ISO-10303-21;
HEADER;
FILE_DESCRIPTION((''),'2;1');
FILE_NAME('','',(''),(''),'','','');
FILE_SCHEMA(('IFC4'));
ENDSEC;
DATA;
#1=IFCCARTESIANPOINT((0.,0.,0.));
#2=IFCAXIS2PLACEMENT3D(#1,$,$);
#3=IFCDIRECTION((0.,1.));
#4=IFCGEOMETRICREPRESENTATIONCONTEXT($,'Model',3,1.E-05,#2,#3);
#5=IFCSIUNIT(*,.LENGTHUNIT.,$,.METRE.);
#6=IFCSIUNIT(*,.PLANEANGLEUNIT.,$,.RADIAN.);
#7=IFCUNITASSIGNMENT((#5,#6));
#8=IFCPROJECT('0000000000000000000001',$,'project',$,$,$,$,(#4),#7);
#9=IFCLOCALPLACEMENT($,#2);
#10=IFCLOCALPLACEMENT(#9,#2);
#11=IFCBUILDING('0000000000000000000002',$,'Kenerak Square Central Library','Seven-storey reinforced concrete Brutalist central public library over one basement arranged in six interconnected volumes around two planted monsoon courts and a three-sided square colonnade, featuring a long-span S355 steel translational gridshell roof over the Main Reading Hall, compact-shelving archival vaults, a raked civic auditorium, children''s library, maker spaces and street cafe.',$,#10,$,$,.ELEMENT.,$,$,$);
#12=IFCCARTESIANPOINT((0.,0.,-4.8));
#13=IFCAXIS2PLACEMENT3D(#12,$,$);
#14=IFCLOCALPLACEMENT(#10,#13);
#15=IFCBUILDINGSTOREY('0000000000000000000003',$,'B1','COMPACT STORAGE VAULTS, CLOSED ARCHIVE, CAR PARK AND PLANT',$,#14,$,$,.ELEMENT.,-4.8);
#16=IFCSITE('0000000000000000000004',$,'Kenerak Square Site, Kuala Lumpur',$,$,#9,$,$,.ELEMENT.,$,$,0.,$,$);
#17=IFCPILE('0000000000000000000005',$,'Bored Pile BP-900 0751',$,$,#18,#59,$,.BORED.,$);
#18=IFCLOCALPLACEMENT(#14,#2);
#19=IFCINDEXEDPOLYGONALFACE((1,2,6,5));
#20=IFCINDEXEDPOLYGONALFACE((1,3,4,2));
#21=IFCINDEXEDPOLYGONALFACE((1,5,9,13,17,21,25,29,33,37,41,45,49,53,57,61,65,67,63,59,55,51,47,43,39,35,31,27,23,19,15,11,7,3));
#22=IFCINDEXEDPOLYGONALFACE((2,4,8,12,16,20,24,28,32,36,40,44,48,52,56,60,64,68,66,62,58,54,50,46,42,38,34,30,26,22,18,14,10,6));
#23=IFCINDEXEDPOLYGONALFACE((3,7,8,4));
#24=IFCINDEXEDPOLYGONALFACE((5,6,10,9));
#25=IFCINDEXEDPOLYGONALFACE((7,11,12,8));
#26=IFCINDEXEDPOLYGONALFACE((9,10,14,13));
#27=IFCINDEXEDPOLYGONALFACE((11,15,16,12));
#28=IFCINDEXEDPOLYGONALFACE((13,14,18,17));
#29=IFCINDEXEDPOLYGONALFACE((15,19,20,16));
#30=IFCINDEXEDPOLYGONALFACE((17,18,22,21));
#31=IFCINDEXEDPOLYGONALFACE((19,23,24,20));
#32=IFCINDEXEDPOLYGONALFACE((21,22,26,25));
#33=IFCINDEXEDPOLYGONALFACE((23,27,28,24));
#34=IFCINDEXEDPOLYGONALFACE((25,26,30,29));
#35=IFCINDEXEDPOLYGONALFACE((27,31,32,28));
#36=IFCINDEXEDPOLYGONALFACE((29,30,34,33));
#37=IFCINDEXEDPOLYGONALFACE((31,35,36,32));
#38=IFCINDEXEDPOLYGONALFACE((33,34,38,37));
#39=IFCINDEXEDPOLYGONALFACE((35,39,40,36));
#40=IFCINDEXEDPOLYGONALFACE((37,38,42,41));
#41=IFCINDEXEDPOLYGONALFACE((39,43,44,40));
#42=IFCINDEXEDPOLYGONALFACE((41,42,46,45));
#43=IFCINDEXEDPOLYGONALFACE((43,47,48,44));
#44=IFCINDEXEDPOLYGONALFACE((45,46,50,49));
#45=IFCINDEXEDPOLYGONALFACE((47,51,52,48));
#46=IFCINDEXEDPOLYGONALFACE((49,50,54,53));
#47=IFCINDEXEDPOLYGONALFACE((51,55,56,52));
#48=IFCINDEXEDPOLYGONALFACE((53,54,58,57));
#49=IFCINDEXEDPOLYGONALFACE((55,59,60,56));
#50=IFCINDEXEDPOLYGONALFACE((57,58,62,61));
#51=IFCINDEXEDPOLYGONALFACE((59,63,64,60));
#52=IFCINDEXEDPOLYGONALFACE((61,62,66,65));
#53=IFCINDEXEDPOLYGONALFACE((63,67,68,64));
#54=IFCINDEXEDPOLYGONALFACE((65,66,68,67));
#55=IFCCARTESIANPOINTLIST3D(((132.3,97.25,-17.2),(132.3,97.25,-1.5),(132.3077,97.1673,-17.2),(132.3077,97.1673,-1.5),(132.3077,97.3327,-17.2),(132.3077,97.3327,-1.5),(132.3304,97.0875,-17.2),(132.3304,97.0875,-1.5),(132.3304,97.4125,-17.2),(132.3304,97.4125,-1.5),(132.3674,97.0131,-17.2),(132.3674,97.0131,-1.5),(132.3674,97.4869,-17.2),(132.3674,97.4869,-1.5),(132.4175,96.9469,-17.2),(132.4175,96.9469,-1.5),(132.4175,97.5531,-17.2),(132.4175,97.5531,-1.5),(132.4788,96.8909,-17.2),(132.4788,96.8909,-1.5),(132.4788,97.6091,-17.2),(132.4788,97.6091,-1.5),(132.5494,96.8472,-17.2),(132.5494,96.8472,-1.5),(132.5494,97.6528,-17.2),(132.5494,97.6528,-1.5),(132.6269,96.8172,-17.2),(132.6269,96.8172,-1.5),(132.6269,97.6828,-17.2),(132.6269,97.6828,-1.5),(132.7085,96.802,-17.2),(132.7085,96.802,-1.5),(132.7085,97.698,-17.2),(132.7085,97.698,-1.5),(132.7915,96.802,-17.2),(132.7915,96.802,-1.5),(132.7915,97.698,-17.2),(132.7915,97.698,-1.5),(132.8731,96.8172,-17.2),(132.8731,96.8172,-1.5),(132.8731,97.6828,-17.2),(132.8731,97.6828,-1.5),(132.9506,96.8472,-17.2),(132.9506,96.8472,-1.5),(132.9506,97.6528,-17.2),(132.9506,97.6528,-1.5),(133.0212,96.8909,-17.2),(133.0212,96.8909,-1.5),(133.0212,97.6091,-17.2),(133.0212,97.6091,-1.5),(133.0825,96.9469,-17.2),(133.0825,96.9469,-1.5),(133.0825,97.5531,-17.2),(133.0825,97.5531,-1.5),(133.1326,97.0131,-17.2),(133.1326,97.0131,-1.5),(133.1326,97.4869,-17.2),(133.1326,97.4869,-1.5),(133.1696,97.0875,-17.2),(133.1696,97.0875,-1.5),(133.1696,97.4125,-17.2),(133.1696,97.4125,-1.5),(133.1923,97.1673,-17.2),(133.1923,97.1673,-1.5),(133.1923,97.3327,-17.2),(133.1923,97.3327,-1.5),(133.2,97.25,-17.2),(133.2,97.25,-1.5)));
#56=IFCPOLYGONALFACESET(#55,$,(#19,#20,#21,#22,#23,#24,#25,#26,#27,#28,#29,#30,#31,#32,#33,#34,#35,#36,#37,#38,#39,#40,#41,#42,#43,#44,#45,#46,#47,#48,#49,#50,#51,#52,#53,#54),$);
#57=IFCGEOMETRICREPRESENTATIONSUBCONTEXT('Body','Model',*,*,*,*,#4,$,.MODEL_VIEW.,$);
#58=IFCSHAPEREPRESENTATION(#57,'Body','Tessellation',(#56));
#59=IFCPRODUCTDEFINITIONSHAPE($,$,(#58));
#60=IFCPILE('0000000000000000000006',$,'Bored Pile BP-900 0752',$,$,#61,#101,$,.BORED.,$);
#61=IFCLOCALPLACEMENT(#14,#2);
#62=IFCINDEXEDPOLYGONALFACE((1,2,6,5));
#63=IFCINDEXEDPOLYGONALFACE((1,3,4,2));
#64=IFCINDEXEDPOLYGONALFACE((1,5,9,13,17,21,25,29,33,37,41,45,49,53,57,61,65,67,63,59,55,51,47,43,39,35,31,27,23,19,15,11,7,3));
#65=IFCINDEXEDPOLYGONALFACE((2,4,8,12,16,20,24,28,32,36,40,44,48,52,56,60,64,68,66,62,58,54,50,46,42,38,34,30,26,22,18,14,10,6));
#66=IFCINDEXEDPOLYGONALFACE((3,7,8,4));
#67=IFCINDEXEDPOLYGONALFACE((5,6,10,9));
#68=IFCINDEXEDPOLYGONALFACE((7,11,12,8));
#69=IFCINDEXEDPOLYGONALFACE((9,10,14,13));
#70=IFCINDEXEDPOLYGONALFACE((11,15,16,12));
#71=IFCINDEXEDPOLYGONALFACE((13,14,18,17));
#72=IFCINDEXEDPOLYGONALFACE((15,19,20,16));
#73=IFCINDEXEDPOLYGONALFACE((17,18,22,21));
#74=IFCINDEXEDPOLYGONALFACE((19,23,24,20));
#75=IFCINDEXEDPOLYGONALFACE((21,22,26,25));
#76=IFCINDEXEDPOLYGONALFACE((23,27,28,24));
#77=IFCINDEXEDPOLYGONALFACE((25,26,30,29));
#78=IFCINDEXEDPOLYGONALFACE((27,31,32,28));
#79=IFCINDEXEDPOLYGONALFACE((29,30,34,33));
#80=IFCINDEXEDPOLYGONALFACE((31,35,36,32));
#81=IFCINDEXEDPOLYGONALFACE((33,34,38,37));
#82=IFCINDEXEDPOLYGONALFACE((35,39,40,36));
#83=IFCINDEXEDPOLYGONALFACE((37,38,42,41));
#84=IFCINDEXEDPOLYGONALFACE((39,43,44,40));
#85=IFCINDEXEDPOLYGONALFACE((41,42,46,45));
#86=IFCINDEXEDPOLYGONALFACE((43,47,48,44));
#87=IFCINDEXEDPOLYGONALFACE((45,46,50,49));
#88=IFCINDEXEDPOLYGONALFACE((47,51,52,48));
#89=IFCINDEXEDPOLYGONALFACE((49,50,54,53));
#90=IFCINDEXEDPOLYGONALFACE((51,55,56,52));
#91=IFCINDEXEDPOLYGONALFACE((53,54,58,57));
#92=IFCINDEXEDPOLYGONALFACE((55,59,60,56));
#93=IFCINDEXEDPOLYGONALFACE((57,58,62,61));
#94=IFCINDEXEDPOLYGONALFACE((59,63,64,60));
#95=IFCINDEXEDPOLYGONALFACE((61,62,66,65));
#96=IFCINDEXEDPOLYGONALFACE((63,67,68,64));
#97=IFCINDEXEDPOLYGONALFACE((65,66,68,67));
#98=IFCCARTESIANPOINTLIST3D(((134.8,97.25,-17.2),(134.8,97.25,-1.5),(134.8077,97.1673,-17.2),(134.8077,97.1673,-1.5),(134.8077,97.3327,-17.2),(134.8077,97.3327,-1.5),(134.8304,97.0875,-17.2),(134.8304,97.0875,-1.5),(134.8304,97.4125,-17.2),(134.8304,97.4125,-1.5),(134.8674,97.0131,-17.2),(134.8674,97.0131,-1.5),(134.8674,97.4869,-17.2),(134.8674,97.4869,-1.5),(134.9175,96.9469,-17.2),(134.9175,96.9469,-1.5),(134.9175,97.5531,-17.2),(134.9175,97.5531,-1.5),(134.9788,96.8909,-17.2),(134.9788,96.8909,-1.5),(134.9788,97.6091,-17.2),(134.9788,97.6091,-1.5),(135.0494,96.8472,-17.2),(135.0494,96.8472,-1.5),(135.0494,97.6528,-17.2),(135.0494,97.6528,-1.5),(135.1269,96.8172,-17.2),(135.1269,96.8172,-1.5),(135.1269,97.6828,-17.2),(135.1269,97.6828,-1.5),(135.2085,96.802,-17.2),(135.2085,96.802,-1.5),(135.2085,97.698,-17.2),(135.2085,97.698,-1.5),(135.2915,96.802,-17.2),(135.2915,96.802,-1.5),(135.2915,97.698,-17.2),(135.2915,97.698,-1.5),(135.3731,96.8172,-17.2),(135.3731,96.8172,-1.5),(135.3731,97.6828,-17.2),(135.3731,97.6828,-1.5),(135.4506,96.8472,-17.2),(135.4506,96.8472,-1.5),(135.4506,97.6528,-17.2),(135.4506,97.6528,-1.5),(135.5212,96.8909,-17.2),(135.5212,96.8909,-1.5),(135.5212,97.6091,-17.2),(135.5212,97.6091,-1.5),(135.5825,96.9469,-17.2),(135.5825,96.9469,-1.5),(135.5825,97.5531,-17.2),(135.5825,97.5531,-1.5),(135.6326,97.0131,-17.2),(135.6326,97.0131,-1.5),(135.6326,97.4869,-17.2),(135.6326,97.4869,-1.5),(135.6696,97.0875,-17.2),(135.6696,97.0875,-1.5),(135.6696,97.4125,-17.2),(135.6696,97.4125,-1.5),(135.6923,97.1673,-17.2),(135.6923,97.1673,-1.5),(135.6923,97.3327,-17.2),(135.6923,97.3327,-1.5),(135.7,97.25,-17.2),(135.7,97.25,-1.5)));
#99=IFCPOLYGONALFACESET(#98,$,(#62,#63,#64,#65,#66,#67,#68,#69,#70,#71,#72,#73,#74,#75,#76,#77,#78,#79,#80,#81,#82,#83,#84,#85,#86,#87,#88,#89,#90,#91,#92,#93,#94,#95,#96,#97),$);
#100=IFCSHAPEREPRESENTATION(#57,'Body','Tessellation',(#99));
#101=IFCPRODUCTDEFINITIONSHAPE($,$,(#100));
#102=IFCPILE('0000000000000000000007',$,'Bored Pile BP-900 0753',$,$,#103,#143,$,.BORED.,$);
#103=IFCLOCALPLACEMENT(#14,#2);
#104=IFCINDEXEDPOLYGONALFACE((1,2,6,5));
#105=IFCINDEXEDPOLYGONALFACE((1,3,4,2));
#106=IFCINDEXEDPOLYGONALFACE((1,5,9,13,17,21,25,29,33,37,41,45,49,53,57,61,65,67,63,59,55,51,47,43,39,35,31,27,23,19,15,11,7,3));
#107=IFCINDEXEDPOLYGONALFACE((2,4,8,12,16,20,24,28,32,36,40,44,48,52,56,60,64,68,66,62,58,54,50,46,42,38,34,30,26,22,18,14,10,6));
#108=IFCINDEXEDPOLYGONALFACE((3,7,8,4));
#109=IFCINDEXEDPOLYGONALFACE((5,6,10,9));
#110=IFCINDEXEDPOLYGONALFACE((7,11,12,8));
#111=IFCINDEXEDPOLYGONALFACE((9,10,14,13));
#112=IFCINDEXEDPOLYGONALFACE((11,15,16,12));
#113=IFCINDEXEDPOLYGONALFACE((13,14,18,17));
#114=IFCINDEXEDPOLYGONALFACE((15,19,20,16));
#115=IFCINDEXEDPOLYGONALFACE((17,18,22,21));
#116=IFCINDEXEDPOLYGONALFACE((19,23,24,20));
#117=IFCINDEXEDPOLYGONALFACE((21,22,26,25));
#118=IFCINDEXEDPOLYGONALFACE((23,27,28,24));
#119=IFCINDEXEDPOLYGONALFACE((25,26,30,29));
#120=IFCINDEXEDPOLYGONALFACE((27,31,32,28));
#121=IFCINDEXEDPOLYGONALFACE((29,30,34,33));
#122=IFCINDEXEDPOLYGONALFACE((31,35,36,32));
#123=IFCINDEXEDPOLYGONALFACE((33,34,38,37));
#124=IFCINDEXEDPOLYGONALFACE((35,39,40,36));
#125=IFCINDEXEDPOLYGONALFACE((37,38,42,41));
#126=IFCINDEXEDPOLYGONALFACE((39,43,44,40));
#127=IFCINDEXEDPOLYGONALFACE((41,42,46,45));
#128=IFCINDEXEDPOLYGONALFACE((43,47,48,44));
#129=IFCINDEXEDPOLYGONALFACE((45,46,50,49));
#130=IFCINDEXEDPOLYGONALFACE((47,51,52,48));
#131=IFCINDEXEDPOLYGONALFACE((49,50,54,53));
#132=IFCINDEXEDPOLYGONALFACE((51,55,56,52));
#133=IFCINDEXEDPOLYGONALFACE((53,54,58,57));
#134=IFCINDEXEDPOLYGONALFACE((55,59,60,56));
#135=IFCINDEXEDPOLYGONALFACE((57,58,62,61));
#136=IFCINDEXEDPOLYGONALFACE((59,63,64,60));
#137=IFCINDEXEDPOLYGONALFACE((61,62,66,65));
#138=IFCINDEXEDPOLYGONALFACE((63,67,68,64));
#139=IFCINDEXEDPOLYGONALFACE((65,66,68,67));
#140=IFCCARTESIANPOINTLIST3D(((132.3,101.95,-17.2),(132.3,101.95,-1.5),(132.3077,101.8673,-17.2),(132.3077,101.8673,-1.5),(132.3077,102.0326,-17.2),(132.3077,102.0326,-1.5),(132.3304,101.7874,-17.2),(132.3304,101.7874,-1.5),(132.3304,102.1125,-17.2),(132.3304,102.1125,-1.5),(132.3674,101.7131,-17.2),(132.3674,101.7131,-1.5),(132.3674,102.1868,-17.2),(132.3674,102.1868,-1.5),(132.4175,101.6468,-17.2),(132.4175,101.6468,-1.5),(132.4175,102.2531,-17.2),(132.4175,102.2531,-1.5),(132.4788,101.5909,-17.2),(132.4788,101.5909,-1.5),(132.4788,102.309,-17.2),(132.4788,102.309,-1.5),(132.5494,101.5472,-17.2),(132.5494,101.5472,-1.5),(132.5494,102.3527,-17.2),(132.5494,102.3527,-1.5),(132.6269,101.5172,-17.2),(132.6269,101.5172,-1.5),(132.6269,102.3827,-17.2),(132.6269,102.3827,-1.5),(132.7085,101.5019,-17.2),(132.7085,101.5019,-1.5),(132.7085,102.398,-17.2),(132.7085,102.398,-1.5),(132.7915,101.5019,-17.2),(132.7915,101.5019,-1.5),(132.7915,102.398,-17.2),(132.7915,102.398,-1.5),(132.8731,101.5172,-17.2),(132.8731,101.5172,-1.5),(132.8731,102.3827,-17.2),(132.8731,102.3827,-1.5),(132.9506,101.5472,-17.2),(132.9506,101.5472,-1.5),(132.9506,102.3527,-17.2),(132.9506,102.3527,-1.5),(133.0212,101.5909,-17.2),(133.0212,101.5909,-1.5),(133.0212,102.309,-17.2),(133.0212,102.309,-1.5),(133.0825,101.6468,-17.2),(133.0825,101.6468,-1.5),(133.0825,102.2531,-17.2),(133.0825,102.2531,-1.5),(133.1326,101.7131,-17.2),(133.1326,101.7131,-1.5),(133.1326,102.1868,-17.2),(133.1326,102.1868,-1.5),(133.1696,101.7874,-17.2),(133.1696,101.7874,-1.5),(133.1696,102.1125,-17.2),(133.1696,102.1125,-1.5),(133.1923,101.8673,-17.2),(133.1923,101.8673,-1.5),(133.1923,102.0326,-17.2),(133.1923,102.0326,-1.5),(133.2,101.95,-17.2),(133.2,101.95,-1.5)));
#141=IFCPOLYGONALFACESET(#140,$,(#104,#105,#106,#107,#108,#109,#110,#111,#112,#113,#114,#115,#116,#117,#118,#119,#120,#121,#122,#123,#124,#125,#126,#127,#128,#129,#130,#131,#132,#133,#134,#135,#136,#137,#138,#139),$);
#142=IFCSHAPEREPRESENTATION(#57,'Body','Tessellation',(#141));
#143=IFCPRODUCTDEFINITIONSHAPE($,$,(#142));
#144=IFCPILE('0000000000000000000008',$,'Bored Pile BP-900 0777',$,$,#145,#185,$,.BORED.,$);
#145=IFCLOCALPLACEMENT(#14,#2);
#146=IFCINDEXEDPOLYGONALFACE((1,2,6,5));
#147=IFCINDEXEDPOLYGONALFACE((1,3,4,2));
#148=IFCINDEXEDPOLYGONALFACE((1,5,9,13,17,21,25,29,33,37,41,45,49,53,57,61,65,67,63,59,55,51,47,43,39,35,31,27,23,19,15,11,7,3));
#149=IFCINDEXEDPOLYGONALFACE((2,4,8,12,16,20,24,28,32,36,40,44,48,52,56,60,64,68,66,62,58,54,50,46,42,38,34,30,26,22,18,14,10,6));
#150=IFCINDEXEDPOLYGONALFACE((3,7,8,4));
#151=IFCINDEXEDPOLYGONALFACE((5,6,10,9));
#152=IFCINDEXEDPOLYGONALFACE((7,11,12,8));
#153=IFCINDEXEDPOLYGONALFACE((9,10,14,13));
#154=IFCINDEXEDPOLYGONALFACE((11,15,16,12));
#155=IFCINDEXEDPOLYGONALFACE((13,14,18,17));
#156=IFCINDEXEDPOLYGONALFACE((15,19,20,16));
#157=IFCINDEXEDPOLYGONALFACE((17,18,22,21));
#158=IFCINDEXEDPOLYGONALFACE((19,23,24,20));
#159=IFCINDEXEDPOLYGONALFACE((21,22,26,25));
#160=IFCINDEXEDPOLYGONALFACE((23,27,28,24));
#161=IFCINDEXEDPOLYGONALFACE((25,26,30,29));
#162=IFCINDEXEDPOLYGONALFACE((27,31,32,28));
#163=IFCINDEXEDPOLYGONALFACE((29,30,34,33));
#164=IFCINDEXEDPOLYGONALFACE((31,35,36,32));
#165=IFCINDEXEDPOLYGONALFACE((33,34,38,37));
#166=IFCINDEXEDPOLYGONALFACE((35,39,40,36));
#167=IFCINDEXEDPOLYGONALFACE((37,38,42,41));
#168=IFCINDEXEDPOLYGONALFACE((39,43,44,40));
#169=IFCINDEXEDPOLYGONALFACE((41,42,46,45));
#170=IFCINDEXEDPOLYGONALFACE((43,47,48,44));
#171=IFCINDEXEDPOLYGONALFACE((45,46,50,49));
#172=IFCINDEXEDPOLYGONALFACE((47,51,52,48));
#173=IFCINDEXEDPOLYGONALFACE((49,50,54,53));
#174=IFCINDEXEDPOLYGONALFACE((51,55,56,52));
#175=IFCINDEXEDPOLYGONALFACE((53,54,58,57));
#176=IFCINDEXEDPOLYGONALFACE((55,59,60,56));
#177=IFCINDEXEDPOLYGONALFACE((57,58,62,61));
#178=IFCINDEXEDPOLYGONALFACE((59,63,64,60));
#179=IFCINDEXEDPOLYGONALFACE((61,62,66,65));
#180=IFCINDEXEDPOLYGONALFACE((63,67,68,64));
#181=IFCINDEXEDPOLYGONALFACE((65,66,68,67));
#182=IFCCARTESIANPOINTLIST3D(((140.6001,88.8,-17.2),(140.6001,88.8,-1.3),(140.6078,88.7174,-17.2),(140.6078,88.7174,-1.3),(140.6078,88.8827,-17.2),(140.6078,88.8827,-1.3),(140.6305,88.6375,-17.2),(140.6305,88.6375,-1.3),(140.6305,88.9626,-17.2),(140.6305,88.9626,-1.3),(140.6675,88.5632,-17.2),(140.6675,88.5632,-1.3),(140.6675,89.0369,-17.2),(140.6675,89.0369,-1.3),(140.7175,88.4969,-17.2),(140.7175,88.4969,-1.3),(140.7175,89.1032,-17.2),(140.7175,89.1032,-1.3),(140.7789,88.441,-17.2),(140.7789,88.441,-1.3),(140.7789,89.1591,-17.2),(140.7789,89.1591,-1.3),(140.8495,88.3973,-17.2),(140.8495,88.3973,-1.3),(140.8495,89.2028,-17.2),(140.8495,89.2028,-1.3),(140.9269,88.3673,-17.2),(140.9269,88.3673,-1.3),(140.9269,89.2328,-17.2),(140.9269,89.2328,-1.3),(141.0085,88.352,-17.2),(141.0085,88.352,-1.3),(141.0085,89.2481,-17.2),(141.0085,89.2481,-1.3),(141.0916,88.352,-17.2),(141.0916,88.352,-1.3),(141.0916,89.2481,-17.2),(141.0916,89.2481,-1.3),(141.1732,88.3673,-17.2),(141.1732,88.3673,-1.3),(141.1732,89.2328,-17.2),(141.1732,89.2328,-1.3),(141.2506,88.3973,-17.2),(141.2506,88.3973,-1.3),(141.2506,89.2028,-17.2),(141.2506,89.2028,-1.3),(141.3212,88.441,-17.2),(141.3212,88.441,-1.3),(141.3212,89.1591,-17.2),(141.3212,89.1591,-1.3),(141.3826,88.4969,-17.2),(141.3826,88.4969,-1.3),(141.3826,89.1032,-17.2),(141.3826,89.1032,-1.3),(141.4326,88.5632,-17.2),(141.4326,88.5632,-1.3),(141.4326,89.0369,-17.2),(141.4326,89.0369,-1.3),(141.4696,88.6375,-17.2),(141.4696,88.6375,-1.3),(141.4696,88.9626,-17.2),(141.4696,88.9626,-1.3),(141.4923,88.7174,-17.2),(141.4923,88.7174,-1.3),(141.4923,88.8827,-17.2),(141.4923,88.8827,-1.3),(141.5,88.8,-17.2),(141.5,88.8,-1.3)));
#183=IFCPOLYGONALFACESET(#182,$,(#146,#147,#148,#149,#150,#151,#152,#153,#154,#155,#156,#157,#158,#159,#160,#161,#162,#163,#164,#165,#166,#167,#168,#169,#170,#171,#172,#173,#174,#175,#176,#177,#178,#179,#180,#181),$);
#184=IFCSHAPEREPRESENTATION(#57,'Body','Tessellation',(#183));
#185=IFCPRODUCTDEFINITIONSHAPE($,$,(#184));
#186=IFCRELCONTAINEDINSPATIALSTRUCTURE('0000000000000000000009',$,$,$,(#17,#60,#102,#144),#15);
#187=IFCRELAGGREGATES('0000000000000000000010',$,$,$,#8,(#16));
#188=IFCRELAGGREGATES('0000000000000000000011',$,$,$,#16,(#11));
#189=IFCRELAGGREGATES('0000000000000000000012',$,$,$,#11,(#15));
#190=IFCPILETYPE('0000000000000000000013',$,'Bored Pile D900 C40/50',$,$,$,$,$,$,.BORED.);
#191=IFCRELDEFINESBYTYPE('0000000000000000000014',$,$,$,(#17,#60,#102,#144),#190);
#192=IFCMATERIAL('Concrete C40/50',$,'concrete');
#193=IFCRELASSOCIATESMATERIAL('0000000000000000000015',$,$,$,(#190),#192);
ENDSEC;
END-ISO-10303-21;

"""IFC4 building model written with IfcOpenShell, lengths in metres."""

from ifc_helpers import new_model, si_unit, direction, frame, origin, origin_2d, place, context, subcontext, project, spatial, circle, extrude, material, material_profile, profile_set, type_object, element, save


model = new_model("IFC4")

# Units and contexts
model_context = context("Model", 3, precision=1e-05, world=origin(), true_north=direction((0.0, 1.0)))
body_context = subcontext(model_context, "Body", "Model", "MODEL_VIEW")
ifc_project = project(units=[si_unit("LENGTHUNIT", "METRE"), si_unit("PLANEANGLEUNIT", "RADIAN")], contexts=[model_context])

# Site, building, storey
site_placement = place(None, origin())
site = spatial("IfcSite", under=ifc_project, at=site_placement, Name="Kenerak Square Site, Kuala Lumpur", CompositionType="ELEMENT", RefElevation=0.0)
building_placement = place(site_placement, origin())
building = spatial("IfcBuilding", under=site, at=building_placement, Name="Kenerak Square Central Library", Description="Seven-storey reinforced concrete Brutalist central public library over one basement arranged in six interconnected volumes around two planted monsoon courts and a three-sided square colonnade, featuring a long-span S355 steel translational gridshell roof over the Main Reading Hall, compact-shelving archival vaults, a raked civic auditorium, children's library, maker spaces and street cafe.", CompositionType="ELEMENT")
storey_placement = place(building_placement, frame((0.0, 0.0, -4.8)))
storey = spatial("IfcBuildingStorey", under=building, at=storey_placement, Name="B1", Description="COMPACT STORAGE VAULTS, CLOSED ARCHIVE, CAR PARK AND PLANT", CompositionType="ELEMENT", Elevation=-4.8)

# Piles
ifc_material_1 = material(Name="Concrete C40/50", Category="concrete")
ifc_material_profile_1 = material_profile(ifc_material_1, circle(Radius=0.45, at=origin_2d()), Name="BP D900")
ifc_profile_set_1 = profile_set([ifc_material_profile_1], Name="Concrete C40/50")
pile_type_1 = type_object("IfcPileType", Name="Bored Pile D900 C40/50", PredefinedType="BORED", material=ifc_profile_set_1)
for number, where, z_axis, x_axis, name in (
    (1, (132.75, 97.25, -1.5), (0.0, 0.0, -1.0), (1.0, 0.0, 0.0), "Bored Pile BP-900 0751"),
    (2, (135.25, 97.25, -1.5), (0.0, 0.0, -1.0), (1.0, 0.0, 0.0), "Bored Pile BP-900 0752"),
    (3, (132.75, 101.95, -1.5), (0.0, 0.0, -1.0), (1.0, 0.0, 0.0), "Bored Pile BP-900 0753"),
):
    element("IfcPile", number, at=place(storey_placement, frame(where, z_axis=z_axis, x_axis=x_axis)), inside=storey, type_object=pile_type_1, Name=name, PredefinedType="BORED", context=body_context, shape_type="SweptSolid", body=[
        extrude(circle(Radius=0.45, at=origin_2d()), origin(), (0.0, 0.0, 1.0), 15.7),
    ])
for number, where, z_axis, x_axis, name in (
    (4, (141.05, 88.8, -1.3), (0.0, 0.0, -1.0), (1.0, 0.0, 0.0), "Bored Pile BP-900 0777"),
):
    element("IfcPile", number, at=place(storey_placement, frame(where, z_axis=z_axis, x_axis=x_axis)), inside=storey, type_object=pile_type_1, Name=name, PredefinedType="BORED", context=body_context, shape_type="SweptSolid", body=[
        extrude(circle(Radius=0.45, at=origin_2d()), origin(), (0.0, 0.0, 1.0), 15.8999),
    ])

save(model, "model.ifc")
